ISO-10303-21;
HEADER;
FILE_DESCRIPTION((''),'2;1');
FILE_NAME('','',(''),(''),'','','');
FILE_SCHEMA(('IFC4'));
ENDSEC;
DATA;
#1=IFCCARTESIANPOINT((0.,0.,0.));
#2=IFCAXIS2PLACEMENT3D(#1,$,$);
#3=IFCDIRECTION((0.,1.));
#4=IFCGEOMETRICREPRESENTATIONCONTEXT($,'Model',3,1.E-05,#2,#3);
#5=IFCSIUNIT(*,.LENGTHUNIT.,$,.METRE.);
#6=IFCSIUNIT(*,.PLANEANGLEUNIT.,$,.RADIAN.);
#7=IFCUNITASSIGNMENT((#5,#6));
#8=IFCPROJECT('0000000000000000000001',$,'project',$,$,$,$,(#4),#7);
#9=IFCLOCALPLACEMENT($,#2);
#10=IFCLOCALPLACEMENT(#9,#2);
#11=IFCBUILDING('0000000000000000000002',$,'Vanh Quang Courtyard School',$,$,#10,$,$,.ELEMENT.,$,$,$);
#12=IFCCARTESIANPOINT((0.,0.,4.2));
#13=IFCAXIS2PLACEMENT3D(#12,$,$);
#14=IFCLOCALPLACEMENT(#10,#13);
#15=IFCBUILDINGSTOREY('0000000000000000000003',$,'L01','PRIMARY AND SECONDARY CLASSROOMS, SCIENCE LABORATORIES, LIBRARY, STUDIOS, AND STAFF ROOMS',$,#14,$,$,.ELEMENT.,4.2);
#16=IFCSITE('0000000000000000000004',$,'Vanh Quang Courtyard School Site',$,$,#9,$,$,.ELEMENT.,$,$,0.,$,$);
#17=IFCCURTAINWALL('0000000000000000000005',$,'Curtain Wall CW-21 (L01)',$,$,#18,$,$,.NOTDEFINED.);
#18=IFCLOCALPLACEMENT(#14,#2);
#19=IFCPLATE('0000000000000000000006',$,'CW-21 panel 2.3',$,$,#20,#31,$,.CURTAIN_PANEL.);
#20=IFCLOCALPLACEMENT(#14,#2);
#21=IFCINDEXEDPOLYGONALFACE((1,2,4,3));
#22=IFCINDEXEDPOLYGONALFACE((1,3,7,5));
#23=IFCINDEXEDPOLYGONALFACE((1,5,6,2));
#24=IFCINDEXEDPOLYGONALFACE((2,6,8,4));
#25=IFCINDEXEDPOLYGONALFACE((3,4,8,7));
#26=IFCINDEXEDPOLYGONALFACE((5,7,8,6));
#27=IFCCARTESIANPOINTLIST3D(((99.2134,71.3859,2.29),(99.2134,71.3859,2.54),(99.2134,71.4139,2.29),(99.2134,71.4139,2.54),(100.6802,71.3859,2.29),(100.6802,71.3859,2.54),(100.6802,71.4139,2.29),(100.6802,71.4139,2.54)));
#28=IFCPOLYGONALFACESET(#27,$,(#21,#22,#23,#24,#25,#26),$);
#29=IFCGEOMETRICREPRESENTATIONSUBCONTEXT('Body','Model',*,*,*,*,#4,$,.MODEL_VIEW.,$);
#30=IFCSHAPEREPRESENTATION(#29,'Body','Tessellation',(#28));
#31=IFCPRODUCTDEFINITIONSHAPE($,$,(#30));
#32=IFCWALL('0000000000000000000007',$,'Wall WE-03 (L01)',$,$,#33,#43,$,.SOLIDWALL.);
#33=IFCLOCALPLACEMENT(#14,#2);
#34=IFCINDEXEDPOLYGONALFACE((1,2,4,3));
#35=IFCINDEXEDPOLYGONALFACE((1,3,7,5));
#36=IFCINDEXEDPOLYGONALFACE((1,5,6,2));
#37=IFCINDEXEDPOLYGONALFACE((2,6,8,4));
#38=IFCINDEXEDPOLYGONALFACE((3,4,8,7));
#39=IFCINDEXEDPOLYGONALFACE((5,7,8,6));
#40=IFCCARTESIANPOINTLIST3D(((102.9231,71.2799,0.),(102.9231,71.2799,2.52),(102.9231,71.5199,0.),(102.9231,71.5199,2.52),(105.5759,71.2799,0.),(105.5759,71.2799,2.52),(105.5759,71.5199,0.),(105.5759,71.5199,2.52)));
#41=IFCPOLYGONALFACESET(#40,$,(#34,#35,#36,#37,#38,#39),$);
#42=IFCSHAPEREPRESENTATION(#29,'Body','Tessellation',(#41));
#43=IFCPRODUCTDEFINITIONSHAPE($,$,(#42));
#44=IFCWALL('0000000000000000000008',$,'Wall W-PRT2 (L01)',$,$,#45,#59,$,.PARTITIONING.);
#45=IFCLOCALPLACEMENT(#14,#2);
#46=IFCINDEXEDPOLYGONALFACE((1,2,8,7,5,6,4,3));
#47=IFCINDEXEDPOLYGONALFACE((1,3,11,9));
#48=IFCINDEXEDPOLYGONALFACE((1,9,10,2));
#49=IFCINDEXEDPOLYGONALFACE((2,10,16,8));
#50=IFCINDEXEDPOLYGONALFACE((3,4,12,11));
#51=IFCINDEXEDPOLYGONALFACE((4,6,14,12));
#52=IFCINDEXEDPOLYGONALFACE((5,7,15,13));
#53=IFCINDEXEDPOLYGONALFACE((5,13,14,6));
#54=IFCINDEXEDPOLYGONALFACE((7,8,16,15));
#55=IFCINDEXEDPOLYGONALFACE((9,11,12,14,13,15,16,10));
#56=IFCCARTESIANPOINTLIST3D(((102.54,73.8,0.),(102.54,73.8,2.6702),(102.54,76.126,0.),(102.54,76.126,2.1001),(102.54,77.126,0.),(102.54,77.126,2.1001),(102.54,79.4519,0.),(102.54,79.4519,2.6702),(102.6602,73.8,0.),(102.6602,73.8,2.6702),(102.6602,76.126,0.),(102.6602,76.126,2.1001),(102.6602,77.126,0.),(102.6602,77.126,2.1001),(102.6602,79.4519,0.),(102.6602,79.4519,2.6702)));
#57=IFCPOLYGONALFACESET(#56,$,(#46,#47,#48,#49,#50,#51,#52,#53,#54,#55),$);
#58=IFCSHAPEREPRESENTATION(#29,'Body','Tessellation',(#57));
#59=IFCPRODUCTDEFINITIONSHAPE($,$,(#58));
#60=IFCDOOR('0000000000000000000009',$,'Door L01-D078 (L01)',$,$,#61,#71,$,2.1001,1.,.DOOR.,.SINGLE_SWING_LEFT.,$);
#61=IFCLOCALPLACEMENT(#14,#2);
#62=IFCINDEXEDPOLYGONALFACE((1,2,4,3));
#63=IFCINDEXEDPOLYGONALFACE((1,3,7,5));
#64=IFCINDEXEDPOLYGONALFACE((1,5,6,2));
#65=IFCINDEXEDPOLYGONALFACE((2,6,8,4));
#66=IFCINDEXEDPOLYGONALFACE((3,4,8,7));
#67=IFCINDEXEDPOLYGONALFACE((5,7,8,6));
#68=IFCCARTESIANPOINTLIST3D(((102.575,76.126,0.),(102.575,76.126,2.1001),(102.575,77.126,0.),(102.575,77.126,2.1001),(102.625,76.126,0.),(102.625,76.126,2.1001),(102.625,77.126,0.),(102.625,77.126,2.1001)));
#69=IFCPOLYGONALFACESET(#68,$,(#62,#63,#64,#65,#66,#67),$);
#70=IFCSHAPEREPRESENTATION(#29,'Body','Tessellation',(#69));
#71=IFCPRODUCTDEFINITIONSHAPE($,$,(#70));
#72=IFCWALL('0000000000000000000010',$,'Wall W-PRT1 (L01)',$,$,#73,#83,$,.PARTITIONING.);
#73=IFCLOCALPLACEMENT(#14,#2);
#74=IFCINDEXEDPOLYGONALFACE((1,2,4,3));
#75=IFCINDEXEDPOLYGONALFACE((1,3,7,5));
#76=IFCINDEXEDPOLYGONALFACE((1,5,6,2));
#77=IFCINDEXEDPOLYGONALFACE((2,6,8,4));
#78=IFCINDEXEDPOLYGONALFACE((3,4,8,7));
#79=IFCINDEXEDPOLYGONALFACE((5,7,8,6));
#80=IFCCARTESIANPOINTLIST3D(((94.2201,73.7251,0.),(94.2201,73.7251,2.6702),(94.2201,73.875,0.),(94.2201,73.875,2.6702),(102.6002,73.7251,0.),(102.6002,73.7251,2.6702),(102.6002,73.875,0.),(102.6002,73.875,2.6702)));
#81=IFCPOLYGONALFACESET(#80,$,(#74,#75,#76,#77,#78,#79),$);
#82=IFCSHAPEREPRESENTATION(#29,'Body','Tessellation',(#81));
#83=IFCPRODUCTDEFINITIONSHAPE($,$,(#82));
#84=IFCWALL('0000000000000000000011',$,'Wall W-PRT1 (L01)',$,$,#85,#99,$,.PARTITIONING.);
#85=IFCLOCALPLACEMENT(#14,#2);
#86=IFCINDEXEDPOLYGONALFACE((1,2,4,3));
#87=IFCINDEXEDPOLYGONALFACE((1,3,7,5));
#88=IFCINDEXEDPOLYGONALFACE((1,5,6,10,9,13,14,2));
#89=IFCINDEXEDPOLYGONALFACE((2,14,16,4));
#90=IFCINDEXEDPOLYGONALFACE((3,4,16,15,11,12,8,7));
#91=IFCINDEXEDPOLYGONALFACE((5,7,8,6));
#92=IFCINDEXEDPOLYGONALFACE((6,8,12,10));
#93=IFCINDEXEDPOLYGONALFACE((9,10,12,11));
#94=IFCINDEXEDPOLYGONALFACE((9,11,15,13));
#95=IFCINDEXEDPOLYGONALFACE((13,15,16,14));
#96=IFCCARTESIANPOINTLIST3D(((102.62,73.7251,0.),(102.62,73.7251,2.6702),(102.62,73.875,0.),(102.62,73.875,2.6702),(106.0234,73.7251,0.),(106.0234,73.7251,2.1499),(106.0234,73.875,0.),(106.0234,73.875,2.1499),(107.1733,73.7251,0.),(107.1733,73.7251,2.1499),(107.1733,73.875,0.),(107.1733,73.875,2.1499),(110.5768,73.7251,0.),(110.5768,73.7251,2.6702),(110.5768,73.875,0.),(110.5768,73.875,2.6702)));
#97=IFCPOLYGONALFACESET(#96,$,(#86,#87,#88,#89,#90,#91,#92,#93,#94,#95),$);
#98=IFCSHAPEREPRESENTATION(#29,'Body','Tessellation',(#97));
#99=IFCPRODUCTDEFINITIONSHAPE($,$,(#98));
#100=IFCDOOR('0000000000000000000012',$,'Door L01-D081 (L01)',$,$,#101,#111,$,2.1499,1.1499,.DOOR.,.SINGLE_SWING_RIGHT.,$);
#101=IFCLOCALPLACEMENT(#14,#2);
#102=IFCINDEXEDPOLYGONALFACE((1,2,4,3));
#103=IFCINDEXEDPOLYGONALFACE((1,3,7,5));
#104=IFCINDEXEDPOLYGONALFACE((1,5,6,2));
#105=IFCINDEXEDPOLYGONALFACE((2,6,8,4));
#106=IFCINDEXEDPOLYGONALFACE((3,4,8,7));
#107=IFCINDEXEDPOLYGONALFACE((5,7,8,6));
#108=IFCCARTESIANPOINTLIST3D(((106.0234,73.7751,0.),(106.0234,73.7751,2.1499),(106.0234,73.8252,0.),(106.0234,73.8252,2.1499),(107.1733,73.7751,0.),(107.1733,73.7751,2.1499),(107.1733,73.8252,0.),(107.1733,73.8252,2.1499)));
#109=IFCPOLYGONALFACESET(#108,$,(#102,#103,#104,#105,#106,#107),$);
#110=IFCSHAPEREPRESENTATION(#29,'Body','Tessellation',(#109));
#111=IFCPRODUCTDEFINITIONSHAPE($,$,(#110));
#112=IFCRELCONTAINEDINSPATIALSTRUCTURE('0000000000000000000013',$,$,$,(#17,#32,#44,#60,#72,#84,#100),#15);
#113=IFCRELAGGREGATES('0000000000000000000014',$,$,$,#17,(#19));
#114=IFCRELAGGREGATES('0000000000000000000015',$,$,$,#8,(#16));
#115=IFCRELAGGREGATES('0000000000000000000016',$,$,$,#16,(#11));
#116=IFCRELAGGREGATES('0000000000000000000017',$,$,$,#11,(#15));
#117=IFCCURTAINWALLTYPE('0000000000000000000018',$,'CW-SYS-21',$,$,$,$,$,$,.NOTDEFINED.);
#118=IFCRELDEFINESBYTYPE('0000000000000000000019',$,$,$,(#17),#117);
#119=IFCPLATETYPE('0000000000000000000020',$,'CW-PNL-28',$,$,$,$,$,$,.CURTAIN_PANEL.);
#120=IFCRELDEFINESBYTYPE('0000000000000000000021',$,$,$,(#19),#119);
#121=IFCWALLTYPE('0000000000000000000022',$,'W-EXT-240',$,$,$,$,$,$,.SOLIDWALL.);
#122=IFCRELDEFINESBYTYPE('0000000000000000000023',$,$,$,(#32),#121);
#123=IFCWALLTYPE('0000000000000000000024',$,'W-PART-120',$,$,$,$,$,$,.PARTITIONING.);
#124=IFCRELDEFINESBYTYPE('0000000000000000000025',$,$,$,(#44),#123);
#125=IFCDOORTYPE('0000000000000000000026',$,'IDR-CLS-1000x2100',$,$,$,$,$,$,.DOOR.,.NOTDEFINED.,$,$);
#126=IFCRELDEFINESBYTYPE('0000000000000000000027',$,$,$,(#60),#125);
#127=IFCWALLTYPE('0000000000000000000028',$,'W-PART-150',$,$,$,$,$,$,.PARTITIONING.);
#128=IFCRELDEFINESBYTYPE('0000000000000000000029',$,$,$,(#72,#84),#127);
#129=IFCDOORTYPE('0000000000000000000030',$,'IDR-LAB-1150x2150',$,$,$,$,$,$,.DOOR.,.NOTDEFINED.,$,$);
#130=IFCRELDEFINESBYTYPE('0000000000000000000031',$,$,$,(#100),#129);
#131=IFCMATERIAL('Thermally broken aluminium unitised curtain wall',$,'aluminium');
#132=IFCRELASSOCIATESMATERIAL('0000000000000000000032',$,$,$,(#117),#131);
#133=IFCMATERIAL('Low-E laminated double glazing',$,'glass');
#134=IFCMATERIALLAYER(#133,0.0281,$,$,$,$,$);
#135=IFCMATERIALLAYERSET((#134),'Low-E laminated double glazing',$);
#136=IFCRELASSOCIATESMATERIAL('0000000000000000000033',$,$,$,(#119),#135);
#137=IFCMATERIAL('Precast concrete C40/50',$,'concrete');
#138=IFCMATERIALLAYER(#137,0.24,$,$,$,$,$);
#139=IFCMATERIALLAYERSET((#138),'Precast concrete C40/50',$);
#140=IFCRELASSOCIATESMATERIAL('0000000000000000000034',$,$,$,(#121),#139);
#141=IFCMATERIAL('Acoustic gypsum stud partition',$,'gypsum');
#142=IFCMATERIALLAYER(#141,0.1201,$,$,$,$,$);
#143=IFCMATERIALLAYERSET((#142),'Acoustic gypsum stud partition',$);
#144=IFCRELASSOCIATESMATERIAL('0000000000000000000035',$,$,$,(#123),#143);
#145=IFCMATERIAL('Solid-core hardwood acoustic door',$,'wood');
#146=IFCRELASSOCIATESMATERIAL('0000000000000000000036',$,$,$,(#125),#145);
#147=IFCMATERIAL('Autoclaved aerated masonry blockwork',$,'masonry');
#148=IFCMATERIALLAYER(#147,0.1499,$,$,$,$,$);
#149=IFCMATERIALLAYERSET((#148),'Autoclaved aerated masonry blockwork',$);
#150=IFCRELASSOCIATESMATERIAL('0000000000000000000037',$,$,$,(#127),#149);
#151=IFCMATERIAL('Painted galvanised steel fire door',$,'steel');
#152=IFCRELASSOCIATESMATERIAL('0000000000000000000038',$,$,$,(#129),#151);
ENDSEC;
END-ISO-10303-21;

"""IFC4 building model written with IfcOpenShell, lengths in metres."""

from ifc_helpers import new_model, si_unit, direction, frame, frame_2d, origin, origin_2d, place, context, subcontext, project, spatial, rectangle, extrude, material, layer, layer_set, type_object, element, fill, aggregate, save


model = new_model("IFC4")

# Units and contexts
model_context = context("Model", 3, precision=1e-05, world=origin(), true_north=direction((0.0, 1.0)))
body_context = subcontext(model_context, "Body", "Model", "MODEL_VIEW")
ifc_project = project(units=[si_unit("LENGTHUNIT", "METRE"), si_unit("PLANEANGLEUNIT", "RADIAN")], contexts=[model_context])

# Site, building, storey
site_placement = place(None, origin())
site = spatial("IfcSite", under=ifc_project, at=site_placement, Name="Vanh Quang Courtyard School Site", CompositionType="ELEMENT", RefElevation=0.0)
building_placement = place(site_placement, origin())
building = spatial("IfcBuilding", under=site, at=building_placement, Name="Vanh Quang Courtyard School", CompositionType="ELEMENT")
storey_placement = place(building_placement, frame((0.0, 0.0, 4.2)))
storey = spatial("IfcBuildingStorey", under=building, at=storey_placement, Name="L01", Description="PRIMARY AND SECONDARY CLASSROOMS, SCIENCE LABORATORIES, LIBRARY, STUDIOS, AND STAFF ROOMS", CompositionType="ELEMENT", Elevation=4.2)

# Curtain wall
ifc_material_1 = material(Name="Thermally broken aluminium unitised curtain wall", Category="aluminium")
curtain_wall_type = type_object("IfcCurtainWallType", Name="CW-SYS-21", PredefinedType="NOTDEFINED", material=ifc_material_1)
curtain_wall_placement = place(storey_placement, origin())
curtain_wall = element("IfcCurtainWall", 1, at=curtain_wall_placement, inside=storey, type_object=curtain_wall_type, Name="Curtain Wall CW-21 (L01)", PredefinedType="NOTDEFINED")

# Plate
ifc_material_2 = material(Name="Low-E laminated double glazing", Category="glass")
ifc_layer_1 = layer(ifc_material_2, 0.0281)
ifc_layer_set_1 = layer_set([ifc_layer_1], Name="Low-E laminated double glazing")
plate_type = type_object("IfcPlateType", Name="CW-PNL-28", PredefinedType="CURTAIN_PANEL", material=ifc_layer_set_1)
plate_1_placement = place(storey_placement, frame((99.9468, 71.3999, 2.29), z_axis=(0.0, 0.0, 1.0), x_axis=(-1.0, 0.0, 0.0)))
plate_1 = element("IfcPlate", 2, at=plate_1_placement, type_object=plate_type, Name="CW-21 panel 2.3", PredefinedType="CURTAIN_PANEL", context=body_context, shape_type="SweptSolid", body=[
    extrude(rectangle(XDim=1.4668, YDim=0.0281, at=origin_2d()), origin(), (0.0, 0.0, 1.0), 0.25),
])
aggregate(curtain_wall, [plate_1])

# Wall
ifc_material_3 = material(Name="Precast concrete C40/50", Category="concrete")
ifc_layer_2 = layer(ifc_material_3, 0.24)
ifc_layer_set_2 = layer_set([ifc_layer_2], Name="Precast concrete C40/50")
wall_type_1 = type_object("IfcWallType", Name="W-EXT-240", PredefinedType="SOLIDWALL", material=ifc_layer_set_2)
wall_1_placement = place(storey_placement, frame((105.5759, 71.3999, 0.0), z_axis=(0.0, 0.0, 1.0), x_axis=(-1.0, 0.0, 0.0)))
element("IfcWall", 3, at=wall_1_placement, inside=storey, type_object=wall_type_1, Name="Wall WE-03 (L01)", PredefinedType="SOLIDWALL", context=body_context, shape_type="SweptSolid", body=[
    extrude(rectangle(XDim=2.6528, YDim=0.24, at=frame_2d((1.3264, 0.0))), origin(), (0.0, 0.0, 1.0), 2.52),
])

# Wall, opening, door
ifc_material_4 = material(Name="Acoustic gypsum stud partition", Category="gypsum")
ifc_layer_3 = layer(ifc_material_4, 0.1201)
ifc_layer_set_3 = layer_set([ifc_layer_3], Name="Acoustic gypsum stud partition")
wall_type_2 = type_object("IfcWallType", Name="W-PART-120", PredefinedType="PARTITIONING", material=ifc_layer_set_3)
wall_2_placement = place(storey_placement, frame((102.6001, 79.4519, 0.0), z_axis=(0.0, 0.0, 1.0), x_axis=(0.0, -1.0, 0.0)))
wall_2 = element("IfcWall", 4, at=wall_2_placement, inside=storey, type_object=wall_type_2, Name="Wall W-PRT2 (L01)", PredefinedType="PARTITIONING", context=body_context, shape_type="SweptSolid", body=[
    extrude(rectangle(XDim=5.6519, YDim=0.1201, at=frame_2d((2.8259, 0.0))), origin(), (0.0, 0.0, 1.0), 2.6702),
])
opening_1_placement = place(wall_2_placement, frame((2.3259, 0.0, 0.0)))
opening_1 = element("IfcOpeningElement", 5, at=opening_1_placement, cuts=wall_2, PredefinedType="OPENING", context=body_context, shape_type="SweptSolid", body=[
    extrude(rectangle(XDim=1.0, YDim=2.1001, at=frame_2d((0.5, 1.05))), frame((0.0, 0.0701, 0.0), z_axis=(0.0, -1.0, 0.0), x_axis=(1.0, 0.0, 0.0)), (0.0, 0.0, 1.0), 0.1401),
])
ifc_material_5 = material(Name="Solid-core hardwood acoustic door", Category="wood")
door_type_1 = type_object("IfcDoorType", Name="IDR-CLS-1000x2100", OperationType="NOTDEFINED", PredefinedType="DOOR", material=ifc_material_5)
door_1_placement = place(opening_1_placement, origin())
door_1 = element("IfcDoor", 6, at=door_1_placement, inside=storey, type_object=door_type_1, Name="Door L01-D078 (L01)", OperationType="SINGLE_SWING_LEFT", OverallHeight=2.1001, OverallWidth=1.0, PredefinedType="DOOR", context=body_context, shape_type="SweptSolid", body=[
    extrude(rectangle(XDim=1.0, YDim=2.1001, at=frame_2d((0.5, 1.05))), frame((0.0, 0.0249, 0.0), z_axis=(0.0, -1.0, 0.0), x_axis=(1.0, 0.0, 0.0)), (0.0, 0.0, 1.0), 0.05),
])
fill(opening_1, door_1)

# Wall
ifc_material_6 = material(Name="Autoclaved aerated masonry blockwork", Category="masonry")
ifc_layer_4 = layer(ifc_material_6, 0.1499)
ifc_layer_set_4 = layer_set([ifc_layer_4], Name="Autoclaved aerated masonry blockwork")
wall_type_3 = type_object("IfcWallType", Name="W-PART-150", PredefinedType="PARTITIONING", material=ifc_layer_set_4)
wall_3_placement = place(storey_placement, frame((102.6001, 73.8, 0.0), z_axis=(0.0, 0.0, 1.0), x_axis=(-1.0, 0.0, 0.0)))
element("IfcWall", 7, at=wall_3_placement, inside=storey, type_object=wall_type_3, Name="Wall W-PRT1 (L01)", PredefinedType="PARTITIONING", context=body_context, shape_type="SweptSolid", body=[
    extrude(rectangle(XDim=8.3801, YDim=0.1499, at=frame_2d((4.1899, 0.0))), origin(), (0.0, 0.0, 1.0), 2.6702),
])

# Wall, opening, door
wall_4_placement = place(storey_placement, frame((110.5769, 73.8, 0.0), z_axis=(0.0, 0.0, 1.0), x_axis=(-1.0, 0.0, 0.0)))
wall_4 = element("IfcWall", 8, at=wall_4_placement, inside=storey, type_object=wall_type_3, Name="Wall W-PRT1 (L01)", PredefinedType="PARTITIONING", context=body_context, shape_type="SweptSolid", body=[
    extrude(rectangle(XDim=7.9568, YDim=0.1499, at=frame_2d((3.9785, 0.0))), origin(), (0.0, 0.0, 1.0), 2.6702),
])
opening_2_placement = place(wall_4_placement, frame((3.4036, 0.0, 0.0)))
opening_2 = element("IfcOpeningElement", 9, at=opening_2_placement, cuts=wall_4, PredefinedType="OPENING", context=body_context, shape_type="SweptSolid", body=[
    extrude(rectangle(XDim=1.1499, YDim=2.1499, at=frame_2d((0.575, 1.075))), frame((0.0, 0.085, 0.0), z_axis=(0.0, -1.0, 0.0), x_axis=(1.0, 0.0, 0.0)), (0.0, 0.0, 1.0), 0.1699),
])
ifc_material_7 = material(Name="Painted galvanised steel fire door", Category="steel")
door_type_2 = type_object("IfcDoorType", Name="IDR-LAB-1150x2150", OperationType="NOTDEFINED", PredefinedType="DOOR", material=ifc_material_7)
door_2_placement = place(opening_2_placement, origin())
door_2 = element("IfcDoor", 10, at=door_2_placement, inside=storey, type_object=door_type_2, Name="Door L01-D081 (L01)", OperationType="SINGLE_SWING_RIGHT", OverallHeight=2.1499, OverallWidth=1.1499, PredefinedType="DOOR", context=body_context, shape_type="SweptSolid", body=[
    extrude(rectangle(XDim=1.1499, YDim=2.1499, at=frame_2d((0.575, 1.075))), frame((0.0, 0.0249, 0.0), z_axis=(0.0, -1.0, 0.0), x_axis=(1.0, 0.0, 0.0)), (0.0, 0.0, 1.0), 0.05),
])
fill(opening_2, door_2)

save(model, "model.ifc")
